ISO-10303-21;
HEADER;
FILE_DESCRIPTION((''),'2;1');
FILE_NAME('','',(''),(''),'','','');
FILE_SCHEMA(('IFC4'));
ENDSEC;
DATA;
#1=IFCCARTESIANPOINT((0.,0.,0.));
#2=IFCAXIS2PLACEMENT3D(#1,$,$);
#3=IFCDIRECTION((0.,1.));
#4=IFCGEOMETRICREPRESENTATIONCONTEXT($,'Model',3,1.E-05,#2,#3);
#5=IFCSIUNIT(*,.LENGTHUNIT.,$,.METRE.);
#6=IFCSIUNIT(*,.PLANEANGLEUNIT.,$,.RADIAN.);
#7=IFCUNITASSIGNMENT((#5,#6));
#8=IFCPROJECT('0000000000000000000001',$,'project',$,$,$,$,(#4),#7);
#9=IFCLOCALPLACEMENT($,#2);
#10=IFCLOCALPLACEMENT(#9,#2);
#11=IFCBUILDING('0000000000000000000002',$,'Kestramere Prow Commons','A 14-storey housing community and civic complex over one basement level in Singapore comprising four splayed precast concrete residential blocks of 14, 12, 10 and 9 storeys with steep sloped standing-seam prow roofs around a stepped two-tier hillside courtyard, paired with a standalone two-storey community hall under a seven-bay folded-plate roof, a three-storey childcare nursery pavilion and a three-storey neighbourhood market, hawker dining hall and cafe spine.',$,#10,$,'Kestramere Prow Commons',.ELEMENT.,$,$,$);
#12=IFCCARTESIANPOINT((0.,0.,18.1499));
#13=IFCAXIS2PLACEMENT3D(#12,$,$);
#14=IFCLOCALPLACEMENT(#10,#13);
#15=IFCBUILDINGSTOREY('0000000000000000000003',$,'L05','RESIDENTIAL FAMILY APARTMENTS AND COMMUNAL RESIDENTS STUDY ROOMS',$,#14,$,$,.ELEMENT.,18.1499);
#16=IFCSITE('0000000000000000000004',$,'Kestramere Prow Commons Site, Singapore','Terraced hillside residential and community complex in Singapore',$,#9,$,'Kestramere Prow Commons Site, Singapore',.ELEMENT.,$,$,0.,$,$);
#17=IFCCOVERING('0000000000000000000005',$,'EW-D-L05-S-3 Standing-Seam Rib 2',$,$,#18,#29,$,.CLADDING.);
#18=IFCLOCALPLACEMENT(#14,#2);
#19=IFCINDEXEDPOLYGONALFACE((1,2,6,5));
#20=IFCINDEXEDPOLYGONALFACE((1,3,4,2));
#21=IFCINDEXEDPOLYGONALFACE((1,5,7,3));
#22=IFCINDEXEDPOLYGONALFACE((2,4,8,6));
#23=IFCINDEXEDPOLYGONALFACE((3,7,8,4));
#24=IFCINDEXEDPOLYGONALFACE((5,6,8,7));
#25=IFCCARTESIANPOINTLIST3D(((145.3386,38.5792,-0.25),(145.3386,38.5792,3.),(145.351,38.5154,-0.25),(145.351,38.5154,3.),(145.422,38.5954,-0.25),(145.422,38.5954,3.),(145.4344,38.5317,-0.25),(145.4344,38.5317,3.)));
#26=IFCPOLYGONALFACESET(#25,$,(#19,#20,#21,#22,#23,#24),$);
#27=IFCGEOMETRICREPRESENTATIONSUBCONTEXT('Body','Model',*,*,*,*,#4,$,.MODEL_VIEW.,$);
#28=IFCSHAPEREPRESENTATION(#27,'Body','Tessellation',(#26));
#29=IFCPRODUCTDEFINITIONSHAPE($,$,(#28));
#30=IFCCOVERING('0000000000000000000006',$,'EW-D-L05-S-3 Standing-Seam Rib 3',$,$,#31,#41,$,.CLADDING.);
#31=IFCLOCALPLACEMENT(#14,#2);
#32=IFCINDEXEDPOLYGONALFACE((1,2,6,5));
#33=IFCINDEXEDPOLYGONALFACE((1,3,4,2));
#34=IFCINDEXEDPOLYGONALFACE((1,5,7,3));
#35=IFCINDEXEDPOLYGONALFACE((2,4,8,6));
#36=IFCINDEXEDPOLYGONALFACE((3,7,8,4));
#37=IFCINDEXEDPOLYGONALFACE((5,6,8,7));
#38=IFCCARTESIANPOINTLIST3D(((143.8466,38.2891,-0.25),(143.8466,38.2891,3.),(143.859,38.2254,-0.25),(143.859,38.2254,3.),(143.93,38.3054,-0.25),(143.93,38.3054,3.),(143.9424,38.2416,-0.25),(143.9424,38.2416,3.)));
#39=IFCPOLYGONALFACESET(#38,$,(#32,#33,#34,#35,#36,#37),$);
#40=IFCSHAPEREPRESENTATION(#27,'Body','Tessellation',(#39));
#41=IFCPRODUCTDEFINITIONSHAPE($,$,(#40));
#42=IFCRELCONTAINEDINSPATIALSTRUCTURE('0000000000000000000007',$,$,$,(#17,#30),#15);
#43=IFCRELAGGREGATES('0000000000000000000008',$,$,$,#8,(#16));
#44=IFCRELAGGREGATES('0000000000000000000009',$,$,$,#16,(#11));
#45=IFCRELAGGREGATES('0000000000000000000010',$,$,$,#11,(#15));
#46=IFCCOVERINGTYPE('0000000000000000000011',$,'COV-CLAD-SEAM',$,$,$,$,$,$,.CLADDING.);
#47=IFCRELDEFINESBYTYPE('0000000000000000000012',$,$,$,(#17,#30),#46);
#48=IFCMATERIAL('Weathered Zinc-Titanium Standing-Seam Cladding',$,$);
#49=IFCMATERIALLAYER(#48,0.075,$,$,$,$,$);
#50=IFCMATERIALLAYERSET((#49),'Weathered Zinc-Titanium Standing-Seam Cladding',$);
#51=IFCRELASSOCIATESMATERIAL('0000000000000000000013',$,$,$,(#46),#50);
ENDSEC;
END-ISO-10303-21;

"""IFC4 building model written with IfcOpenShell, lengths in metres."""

from ifc_helpers import new_model, si_unit, direction, frame, origin, origin_2d, place, context, subcontext, project, spatial, rectangle, extrude, material, layer, layer_set, type_object, element, save


model = new_model("IFC4")

# Units and contexts
model_context = context("Model", 3, precision=1e-05, world=origin(), true_north=direction((0.0, 1.0)))
body_context = subcontext(model_context, "Body", "Model", "MODEL_VIEW")
ifc_project = project(units=[si_unit("LENGTHUNIT", "METRE"), si_unit("PLANEANGLEUNIT", "RADIAN")], contexts=[model_context])

# Site, building, storey
site_placement = place(None, origin())
site = spatial("IfcSite", under=ifc_project, at=site_placement, Name="Kestramere Prow Commons Site, Singapore", Description="Terraced hillside residential and community complex in Singapore", LongName="Kestramere Prow Commons Site, Singapore", CompositionType="ELEMENT", RefElevation=0.0)
building_placement = place(site_placement, origin())
building = spatial("IfcBuilding", under=site, at=building_placement, Name="Kestramere Prow Commons", Description="A 14-storey housing community and civic complex over one basement level in Singapore comprising four splayed precast concrete residential blocks of 14, 12, 10 and 9 storeys with steep sloped standing-seam prow roofs around a stepped two-tier hillside courtyard, paired with a standalone two-storey community hall under a seven-bay folded-plate roof, a three-storey childcare nursery pavilion and a three-storey neighbourhood market, hawker dining hall and cafe spine.", LongName="Kestramere Prow Commons", CompositionType="ELEMENT")
storey_placement = place(building_placement, frame((0.0, 0.0, 18.1499)))
storey = spatial("IfcBuildingStorey", under=building, at=storey_placement, Name="L05", Description="RESIDENTIAL FAMILY APARTMENTS AND COMMUNAL RESIDENTS STUDY ROOMS", CompositionType="ELEMENT", Elevation=18.1499)

# Coverings
ifc_material_1 = material(Name="Weathered Zinc-Titanium Standing-Seam Cladding")
ifc_layer_1 = layer(ifc_material_1, 0.075)
ifc_layer_set_1 = layer_set([ifc_layer_1], Name="Weathered Zinc-Titanium Standing-Seam Cladding")
covering_type = type_object("IfcCoveringType", Name="COV-CLAD-SEAM", PredefinedType="CLADDING", material=ifc_layer_set_1)
for number, where, z_axis, x_axis, name in (
    (1, (145.3865, 38.5554, -0.25), (0.0, 0.0, 1.0), (-0.981627, -0.190809, 0.0), "EW-D-L05-S-3 Standing-Seam Rib 2"),
    (2, (143.8945, 38.2654, -0.25), (0.0, 0.0, 1.0), (-0.981627, -0.190809, 0.0), "EW-D-L05-S-3 Standing-Seam Rib 3"),
):
    element("IfcCovering", number, at=place(storey_placement, frame(where, z_axis=z_axis, x_axis=x_axis)), inside=storey, type_object=covering_type, Name=name, PredefinedType="CLADDING", context=body_context, shape_type="SweptSolid", body=[
        extrude(rectangle(XDim=0.085, YDim=0.0649, at=origin_2d()), origin(), (0.0, 0.0, 1.0), 3.25),
    ])

save(model, "model.ifc")
